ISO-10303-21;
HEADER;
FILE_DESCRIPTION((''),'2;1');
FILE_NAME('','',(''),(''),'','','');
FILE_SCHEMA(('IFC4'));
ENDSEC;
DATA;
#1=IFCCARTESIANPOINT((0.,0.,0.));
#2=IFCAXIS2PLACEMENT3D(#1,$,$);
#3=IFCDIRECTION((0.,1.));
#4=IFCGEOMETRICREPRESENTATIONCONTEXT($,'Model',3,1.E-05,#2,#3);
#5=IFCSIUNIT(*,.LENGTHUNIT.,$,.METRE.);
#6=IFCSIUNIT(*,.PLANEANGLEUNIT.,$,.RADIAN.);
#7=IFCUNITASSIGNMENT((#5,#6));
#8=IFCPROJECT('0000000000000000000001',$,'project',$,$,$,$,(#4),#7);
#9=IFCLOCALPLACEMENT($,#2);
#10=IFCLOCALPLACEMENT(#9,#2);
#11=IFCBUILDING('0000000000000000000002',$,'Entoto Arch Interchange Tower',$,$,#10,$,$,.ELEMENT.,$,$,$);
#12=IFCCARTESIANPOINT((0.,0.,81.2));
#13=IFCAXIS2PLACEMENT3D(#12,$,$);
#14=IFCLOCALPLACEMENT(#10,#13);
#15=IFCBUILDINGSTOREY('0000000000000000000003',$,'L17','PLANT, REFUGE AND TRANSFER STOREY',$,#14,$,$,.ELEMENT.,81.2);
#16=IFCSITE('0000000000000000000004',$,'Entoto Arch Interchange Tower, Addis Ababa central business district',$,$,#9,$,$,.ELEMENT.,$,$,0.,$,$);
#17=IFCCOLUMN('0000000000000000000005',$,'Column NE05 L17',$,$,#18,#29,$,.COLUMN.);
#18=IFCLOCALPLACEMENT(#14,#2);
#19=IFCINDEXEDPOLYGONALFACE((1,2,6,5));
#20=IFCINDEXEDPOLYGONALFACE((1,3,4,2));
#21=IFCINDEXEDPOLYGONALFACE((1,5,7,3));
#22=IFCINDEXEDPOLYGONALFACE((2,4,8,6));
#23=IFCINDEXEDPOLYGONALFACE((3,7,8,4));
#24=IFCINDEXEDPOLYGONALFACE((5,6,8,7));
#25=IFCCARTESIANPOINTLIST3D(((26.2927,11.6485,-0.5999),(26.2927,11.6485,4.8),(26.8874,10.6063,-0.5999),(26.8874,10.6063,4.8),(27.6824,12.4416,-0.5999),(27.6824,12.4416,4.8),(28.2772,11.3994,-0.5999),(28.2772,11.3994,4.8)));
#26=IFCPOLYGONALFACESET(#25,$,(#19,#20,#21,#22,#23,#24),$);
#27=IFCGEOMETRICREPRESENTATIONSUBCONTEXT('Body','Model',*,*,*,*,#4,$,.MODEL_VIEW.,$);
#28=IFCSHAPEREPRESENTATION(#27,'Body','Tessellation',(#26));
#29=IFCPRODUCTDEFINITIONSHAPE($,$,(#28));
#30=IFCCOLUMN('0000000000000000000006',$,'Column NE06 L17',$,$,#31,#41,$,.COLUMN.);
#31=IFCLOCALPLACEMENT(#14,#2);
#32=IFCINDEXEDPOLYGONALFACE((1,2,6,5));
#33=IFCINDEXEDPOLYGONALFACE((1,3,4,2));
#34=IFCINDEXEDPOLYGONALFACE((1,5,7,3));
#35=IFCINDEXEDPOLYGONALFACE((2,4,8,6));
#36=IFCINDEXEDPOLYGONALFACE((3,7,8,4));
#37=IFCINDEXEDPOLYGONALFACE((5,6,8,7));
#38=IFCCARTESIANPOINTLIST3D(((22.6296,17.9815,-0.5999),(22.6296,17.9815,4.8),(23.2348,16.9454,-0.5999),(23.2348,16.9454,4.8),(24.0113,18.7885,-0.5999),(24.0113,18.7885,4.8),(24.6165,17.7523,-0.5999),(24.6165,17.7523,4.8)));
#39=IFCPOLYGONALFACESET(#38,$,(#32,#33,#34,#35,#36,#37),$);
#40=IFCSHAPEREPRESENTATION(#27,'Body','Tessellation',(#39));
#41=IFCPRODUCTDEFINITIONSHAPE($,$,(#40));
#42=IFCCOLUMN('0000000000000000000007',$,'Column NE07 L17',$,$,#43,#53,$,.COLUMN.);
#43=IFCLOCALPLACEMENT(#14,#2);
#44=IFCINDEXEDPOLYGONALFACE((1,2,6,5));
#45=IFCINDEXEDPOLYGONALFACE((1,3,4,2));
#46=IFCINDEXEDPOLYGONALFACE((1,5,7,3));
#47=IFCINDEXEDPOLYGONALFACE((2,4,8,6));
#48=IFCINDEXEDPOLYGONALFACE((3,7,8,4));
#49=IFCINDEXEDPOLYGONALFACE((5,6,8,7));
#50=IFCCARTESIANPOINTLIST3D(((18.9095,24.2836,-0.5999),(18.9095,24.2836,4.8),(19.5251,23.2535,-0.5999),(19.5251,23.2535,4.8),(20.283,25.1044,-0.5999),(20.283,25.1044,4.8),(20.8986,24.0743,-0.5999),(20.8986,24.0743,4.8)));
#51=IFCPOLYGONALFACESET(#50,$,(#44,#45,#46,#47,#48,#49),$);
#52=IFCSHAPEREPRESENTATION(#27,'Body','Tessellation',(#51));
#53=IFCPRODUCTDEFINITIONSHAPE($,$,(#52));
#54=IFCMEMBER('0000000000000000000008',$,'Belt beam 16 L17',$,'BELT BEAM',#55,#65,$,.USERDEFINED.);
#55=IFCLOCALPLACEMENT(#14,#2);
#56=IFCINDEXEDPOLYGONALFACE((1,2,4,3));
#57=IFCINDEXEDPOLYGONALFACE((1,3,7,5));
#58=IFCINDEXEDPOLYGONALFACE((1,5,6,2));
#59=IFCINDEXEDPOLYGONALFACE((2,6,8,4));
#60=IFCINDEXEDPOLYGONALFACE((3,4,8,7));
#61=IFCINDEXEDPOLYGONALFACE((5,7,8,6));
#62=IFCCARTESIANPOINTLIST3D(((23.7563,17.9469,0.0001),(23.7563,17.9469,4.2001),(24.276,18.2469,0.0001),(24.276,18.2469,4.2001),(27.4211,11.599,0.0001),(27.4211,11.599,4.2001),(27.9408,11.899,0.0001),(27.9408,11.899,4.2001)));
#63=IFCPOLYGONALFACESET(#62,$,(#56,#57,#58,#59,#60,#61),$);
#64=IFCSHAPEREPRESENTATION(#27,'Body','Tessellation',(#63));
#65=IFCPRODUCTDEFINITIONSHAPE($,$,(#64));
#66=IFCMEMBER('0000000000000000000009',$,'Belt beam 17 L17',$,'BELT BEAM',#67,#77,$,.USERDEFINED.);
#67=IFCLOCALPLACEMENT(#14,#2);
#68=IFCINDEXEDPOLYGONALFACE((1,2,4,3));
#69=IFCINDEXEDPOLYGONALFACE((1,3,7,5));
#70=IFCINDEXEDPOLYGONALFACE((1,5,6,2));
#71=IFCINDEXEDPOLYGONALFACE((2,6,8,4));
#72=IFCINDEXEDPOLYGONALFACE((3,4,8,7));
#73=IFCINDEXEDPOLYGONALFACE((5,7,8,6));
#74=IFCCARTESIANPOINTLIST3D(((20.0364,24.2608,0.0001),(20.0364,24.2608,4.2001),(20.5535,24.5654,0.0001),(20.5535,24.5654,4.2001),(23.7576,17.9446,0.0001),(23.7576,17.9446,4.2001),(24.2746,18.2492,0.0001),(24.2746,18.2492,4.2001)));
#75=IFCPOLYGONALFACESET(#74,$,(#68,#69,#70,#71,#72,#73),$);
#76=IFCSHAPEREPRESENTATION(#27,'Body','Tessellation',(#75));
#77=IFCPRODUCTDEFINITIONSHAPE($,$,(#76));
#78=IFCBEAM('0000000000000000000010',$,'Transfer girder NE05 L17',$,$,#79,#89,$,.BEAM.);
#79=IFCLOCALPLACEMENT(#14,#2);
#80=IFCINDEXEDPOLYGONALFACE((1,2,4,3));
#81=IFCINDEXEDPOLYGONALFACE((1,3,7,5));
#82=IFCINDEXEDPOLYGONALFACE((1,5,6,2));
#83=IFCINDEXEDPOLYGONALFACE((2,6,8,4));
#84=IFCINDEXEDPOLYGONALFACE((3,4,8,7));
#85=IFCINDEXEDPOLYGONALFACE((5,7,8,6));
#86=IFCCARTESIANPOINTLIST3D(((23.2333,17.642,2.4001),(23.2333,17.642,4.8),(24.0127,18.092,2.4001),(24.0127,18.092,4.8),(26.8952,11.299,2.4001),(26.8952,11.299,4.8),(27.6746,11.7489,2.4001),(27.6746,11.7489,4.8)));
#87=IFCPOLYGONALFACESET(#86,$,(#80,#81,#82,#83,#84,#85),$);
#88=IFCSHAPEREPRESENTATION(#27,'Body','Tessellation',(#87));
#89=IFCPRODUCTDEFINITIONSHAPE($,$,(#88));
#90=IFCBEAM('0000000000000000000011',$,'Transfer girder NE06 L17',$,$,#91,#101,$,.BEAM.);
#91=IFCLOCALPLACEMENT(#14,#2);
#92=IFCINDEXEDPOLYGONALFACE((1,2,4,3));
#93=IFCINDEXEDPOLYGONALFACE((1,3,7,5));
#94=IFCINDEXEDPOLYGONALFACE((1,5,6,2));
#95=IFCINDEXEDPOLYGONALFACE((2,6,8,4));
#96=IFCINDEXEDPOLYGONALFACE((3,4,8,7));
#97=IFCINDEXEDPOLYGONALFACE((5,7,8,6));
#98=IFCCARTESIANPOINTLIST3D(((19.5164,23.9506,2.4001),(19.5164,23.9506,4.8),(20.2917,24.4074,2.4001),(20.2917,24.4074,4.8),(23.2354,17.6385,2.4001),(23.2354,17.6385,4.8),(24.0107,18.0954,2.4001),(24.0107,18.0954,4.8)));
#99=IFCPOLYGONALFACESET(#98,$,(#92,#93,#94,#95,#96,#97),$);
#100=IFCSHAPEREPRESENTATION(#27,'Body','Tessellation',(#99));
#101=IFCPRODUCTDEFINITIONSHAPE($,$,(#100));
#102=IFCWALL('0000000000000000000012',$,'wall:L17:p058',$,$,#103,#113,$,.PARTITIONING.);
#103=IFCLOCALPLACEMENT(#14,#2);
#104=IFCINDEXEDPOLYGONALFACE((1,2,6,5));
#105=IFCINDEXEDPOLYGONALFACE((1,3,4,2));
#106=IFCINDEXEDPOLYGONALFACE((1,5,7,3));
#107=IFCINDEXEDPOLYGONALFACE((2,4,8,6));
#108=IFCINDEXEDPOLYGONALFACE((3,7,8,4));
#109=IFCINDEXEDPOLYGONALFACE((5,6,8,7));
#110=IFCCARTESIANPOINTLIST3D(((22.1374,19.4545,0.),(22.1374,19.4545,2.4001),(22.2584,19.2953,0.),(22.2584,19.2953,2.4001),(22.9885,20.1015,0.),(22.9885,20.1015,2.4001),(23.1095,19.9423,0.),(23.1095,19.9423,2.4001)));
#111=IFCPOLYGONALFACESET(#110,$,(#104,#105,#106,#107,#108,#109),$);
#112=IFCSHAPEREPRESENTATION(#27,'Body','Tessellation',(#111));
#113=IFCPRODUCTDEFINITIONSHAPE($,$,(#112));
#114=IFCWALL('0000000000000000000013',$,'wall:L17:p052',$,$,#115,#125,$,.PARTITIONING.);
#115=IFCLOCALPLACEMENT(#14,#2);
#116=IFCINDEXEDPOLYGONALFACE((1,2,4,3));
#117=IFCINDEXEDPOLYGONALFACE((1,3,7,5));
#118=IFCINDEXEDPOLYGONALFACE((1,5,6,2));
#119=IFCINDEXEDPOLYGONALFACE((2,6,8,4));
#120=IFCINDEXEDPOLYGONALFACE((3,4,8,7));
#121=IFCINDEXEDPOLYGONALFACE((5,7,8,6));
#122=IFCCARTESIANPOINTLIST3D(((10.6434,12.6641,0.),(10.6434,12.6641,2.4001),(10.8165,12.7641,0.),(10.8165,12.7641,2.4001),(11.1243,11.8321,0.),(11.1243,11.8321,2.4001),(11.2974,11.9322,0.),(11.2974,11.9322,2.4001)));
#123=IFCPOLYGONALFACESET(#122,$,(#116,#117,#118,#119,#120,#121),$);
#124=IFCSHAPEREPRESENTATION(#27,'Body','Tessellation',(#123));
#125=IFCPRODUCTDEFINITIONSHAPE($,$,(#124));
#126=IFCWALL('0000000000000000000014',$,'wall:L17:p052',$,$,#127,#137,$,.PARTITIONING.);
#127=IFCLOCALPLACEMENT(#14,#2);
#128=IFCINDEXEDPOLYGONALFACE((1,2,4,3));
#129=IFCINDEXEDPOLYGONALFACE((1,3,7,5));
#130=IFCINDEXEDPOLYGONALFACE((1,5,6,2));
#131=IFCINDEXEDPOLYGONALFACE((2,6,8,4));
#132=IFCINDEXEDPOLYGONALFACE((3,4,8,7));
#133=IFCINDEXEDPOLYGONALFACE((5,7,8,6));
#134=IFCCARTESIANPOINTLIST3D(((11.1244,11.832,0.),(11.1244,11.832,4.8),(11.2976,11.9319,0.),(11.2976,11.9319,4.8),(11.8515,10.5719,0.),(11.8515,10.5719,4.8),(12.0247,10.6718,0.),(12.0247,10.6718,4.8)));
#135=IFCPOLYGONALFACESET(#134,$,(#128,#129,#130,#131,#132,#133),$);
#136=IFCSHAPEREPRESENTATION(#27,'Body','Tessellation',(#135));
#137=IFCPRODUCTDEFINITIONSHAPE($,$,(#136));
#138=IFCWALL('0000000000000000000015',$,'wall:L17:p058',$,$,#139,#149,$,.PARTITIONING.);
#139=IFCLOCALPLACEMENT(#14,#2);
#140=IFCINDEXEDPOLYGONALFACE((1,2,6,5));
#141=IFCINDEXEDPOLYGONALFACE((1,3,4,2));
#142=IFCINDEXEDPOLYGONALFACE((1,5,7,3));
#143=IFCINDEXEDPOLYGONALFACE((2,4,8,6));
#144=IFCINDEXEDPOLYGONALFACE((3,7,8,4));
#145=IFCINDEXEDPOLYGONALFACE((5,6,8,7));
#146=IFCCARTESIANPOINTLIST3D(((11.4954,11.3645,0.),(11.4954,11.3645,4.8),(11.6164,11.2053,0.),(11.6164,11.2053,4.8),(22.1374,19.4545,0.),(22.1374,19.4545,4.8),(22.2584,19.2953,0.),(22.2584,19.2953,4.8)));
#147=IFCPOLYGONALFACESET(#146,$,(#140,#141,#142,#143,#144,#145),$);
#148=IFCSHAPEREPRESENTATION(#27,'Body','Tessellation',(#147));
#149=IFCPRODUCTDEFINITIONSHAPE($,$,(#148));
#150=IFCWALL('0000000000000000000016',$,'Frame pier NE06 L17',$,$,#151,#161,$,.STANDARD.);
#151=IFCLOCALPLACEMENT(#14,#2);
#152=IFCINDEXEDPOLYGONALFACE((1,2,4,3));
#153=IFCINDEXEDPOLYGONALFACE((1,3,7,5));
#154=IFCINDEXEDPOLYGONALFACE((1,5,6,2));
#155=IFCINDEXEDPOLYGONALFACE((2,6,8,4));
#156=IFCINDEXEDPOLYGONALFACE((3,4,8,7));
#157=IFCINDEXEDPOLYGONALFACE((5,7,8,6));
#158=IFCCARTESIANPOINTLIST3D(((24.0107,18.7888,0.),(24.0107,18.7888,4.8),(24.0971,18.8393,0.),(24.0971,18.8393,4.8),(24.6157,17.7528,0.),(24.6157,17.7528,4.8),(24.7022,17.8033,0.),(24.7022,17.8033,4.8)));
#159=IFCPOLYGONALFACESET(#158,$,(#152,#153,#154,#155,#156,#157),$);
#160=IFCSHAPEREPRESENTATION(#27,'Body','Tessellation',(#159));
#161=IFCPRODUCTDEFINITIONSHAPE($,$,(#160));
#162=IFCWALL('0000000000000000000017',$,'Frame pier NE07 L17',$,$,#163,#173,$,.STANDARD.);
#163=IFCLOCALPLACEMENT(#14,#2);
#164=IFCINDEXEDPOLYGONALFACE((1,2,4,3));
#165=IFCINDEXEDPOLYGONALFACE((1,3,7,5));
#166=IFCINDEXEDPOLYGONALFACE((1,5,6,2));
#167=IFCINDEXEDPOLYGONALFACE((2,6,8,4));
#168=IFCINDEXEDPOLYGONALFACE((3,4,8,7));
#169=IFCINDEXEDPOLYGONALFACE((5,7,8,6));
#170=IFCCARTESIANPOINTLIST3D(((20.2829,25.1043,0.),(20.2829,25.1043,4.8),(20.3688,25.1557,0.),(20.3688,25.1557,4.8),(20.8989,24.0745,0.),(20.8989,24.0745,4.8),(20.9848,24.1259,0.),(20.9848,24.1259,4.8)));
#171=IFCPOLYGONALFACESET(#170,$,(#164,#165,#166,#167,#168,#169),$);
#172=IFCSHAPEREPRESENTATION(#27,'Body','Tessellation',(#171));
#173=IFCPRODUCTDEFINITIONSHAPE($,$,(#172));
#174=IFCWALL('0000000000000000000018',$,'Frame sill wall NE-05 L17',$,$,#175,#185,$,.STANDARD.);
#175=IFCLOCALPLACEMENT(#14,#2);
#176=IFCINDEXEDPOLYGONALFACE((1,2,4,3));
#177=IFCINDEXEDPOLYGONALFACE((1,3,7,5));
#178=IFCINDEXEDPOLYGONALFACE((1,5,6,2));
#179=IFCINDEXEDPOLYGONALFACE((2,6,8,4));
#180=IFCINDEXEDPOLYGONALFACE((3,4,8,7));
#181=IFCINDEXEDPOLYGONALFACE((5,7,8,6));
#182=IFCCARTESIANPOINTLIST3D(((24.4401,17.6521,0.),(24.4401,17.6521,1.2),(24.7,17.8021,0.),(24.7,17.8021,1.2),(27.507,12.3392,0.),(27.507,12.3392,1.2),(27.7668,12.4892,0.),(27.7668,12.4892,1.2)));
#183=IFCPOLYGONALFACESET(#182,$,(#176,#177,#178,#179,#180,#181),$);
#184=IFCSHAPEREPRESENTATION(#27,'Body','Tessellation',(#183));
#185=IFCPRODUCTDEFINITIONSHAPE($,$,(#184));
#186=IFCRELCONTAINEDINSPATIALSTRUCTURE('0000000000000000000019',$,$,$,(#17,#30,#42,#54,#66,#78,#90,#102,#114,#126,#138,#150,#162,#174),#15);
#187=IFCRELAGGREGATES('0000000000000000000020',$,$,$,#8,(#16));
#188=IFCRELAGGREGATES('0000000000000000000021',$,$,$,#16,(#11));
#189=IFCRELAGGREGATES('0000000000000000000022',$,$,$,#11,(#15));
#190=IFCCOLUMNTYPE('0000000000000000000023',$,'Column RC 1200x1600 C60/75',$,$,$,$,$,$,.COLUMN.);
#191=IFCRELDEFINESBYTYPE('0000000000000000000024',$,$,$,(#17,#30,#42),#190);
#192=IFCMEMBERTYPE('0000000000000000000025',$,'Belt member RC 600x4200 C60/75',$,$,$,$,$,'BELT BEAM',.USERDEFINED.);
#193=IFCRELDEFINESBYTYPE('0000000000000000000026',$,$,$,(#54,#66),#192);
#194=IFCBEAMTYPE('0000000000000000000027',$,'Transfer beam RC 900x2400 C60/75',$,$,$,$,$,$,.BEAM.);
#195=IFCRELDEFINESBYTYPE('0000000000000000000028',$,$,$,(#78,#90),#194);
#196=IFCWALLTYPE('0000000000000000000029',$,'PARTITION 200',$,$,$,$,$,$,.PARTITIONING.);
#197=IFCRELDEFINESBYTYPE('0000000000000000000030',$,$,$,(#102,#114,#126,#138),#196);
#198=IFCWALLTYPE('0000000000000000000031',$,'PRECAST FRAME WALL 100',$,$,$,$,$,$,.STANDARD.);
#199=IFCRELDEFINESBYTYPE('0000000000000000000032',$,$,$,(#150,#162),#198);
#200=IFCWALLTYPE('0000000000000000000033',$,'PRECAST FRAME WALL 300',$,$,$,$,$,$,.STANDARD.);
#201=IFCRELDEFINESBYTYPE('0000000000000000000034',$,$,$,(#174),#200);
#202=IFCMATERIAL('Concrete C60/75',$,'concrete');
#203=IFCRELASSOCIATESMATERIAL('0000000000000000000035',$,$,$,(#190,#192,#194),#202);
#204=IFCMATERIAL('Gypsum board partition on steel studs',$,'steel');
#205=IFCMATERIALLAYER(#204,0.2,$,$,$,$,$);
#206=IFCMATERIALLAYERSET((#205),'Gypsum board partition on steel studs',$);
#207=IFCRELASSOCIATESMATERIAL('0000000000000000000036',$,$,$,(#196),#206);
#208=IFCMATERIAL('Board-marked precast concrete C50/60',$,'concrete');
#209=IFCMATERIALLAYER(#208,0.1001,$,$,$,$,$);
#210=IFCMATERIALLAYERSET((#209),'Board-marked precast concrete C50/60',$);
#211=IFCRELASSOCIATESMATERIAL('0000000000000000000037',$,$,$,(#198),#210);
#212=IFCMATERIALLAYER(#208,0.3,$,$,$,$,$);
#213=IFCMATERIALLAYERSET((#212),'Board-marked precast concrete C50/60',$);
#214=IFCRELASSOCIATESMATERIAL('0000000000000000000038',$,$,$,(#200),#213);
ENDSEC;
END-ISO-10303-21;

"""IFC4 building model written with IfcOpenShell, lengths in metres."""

from ifc_helpers import new_model, si_unit, direction, frame, frame_2d, origin, origin_2d, place, context, subcontext, project, spatial, rectangle, extrude, material, layer, layer_set, material_profile, profile_set, type_object, element, save


model = new_model("IFC4")

# Units and contexts
model_context = context("Model", 3, precision=1e-05, world=origin(), true_north=direction((0.0, 1.0)))
body_context = subcontext(model_context, "Body", "Model", "MODEL_VIEW")
ifc_project = project(units=[si_unit("LENGTHUNIT", "METRE"), si_unit("PLANEANGLEUNIT", "RADIAN")], contexts=[model_context])

# Site, building, storey
site_placement = place(None, origin())
site = spatial("IfcSite", under=ifc_project, at=site_placement, Name="Entoto Arch Interchange Tower, Addis Ababa central business district", CompositionType="ELEMENT", RefElevation=0.0)
building_placement = place(site_placement, origin())
building = spatial("IfcBuilding", under=site, at=building_placement, Name="Entoto Arch Interchange Tower", CompositionType="ELEMENT")
storey_placement = place(building_placement, frame((0.0, 0.0, 81.2)))
storey = spatial("IfcBuildingStorey", under=building, at=storey_placement, Name="L17", Description="PLANT, REFUGE AND TRANSFER STOREY", CompositionType="ELEMENT", Elevation=81.2)

# Columns
ifc_material_1 = material(Name="Concrete C60/75", Category="concrete")
ifc_material_profile_1 = material_profile(ifc_material_1, rectangle(XDim=1.2, YDim=1.6001, at=origin_2d()))
ifc_profile_set_1 = profile_set([ifc_material_profile_1], Name="Concrete C60/75")
column_type = type_object("IfcColumnType", Name="Column RC 1200x1600 C60/75", PredefinedType="COLUMN", material=ifc_profile_set_1)
for number, where, z_axis, x_axis, name in (
    (1, (27.2849, 11.5239, -0.5999), (0.0, 0.0, 1.0), (-0.495656, 0.868519, 0.0), "Column NE05 L17"),
    (2, (23.623, 17.8669, -0.5999), (0.0, 0.0, 1.0), (-0.504332, 0.86351, 0.0), "Column NE06 L17"),
    (3, (19.9041, 24.179, -0.5999), (0.0, 0.0, 1.0), (-0.512972, 0.858405, 0.0), "Column NE07 L17"),
):
    element("IfcColumn", number, at=place(storey_placement, frame(where, z_axis=z_axis, x_axis=x_axis)), inside=storey, type_object=column_type, Name=name, PredefinedType="COLUMN", context=body_context, shape_type="SweptSolid", body=[
        extrude(rectangle(XDim=1.2, YDim=1.6001, at=origin_2d()), origin(), (0.0, 0.0, 1.0), 5.3999),
    ])

# Members
ifc_material_profile_2 = material_profile(ifc_material_1, rectangle(XDim=0.6001, YDim=4.2, at=origin_2d()))
ifc_profile_set_2 = profile_set([ifc_material_profile_2], Name="Concrete C60/75")
member_type = type_object("IfcMemberType", Name="Belt member RC 600x4200 C60/75", ElementType="BELT BEAM", PredefinedType="USERDEFINED", material=ifc_profile_set_2)
member_1_placement = place(storey_placement, frame((27.6809, 11.749, 2.1001), z_axis=(-0.499983, 0.866035, 0.0), x_axis=(-0.866035, -0.499983, 0.0)))
element("IfcMember", 4, at=member_1_placement, inside=storey, type_object=member_type, Name="Belt beam 16 L17", ObjectType="BELT BEAM", PredefinedType="USERDEFINED", context=body_context, shape_type="SweptSolid", body=[
    extrude(rectangle(XDim=0.6001, YDim=4.2, at=origin_2d()), origin(), (0.0, 0.0, 1.0), 7.3298),
])
member_2_placement = place(storey_placement, frame((24.0161, 18.0969, 2.1001), z_axis=(-0.507608, 0.861588, 0.0), x_axis=(-0.861588, -0.507608, 0.0)))
element("IfcMember", 5, at=member_2_placement, inside=storey, type_object=member_type, Name="Belt beam 17 L17", ObjectType="BELT BEAM", PredefinedType="USERDEFINED", context=body_context, shape_type="SweptSolid", body=[
    extrude(rectangle(XDim=0.6001, YDim=4.2, at=origin_2d()), origin(), (0.0, 0.0, 1.0), 7.3308),
])

# Beams
ifc_material_profile_3 = material_profile(ifc_material_1, rectangle(XDim=0.8999, YDim=2.3999, at=origin_2d()))
ifc_profile_set_3 = profile_set([ifc_material_profile_3], Name="Concrete C60/75")
beam_type = type_object("IfcBeamType", Name="Transfer beam RC 900x2400 C60/75", PredefinedType="BEAM", material=ifc_profile_set_3)
beam_1_placement = place(storey_placement, frame((27.2849, 11.5239, 3.6001), z_axis=(-0.499972, 0.866042, 0.0), x_axis=(-0.866042, -0.499972, 0.0)))
element("IfcBeam", 6, at=beam_1_placement, inside=storey, type_object=beam_type, Name="Transfer girder NE05 L17", PredefinedType="BEAM", context=body_context, shape_type="SweptSolid", body=[
    extrude(rectangle(XDim=0.8999, YDim=2.3999, at=origin_2d()), origin(), (0.0, 0.0, 1.0), 7.3242),
])
beam_2_placement = place(storey_placement, frame((23.623, 17.8669, 3.6001), z_axis=(-0.507633, 0.861573, 0.0), x_axis=(-0.861573, -0.507633, 0.0)))
element("IfcBeam", 7, at=beam_2_placement, inside=storey, type_object=beam_type, Name="Transfer girder NE06 L17", PredefinedType="BEAM", context=body_context, shape_type="SweptSolid", body=[
    extrude(rectangle(XDim=0.8999, YDim=2.3999, at=origin_2d()), origin(), (0.0, 0.0, 1.0), 7.3262),
])

# Walls
ifc_material_2 = material(Name="Gypsum board partition on steel studs", Category="steel")
ifc_layer_1 = layer(ifc_material_2, 0.2)
ifc_layer_set_1 = layer_set([ifc_layer_1], Name="Gypsum board partition on steel studs")
wall_type_1 = type_object("IfcWallType", Name="PARTITION 200", PredefinedType="PARTITIONING", material=ifc_layer_set_1)
wall_1_placement = place(storey_placement, frame((23.0491, 20.022, 0.0), z_axis=(0.0, 0.0, 1.0), x_axis=(-0.796092, -0.605176, 0.0)))
element("IfcWall", 8, at=wall_1_placement, inside=storey, type_object=wall_type_1, Name="wall:L17:p058", PredefinedType="PARTITIONING", context=body_context, shape_type="SweptSolid", body=[
    extrude(rectangle(XDim=1.0691, YDim=0.2, at=frame_2d((0.5347, 0.0))), origin(), (0.0, 0.0, 1.0), 2.4001),
])
wall_2_placement = place(storey_placement, frame((10.73, 12.7141, 0.0), z_axis=(0.0, 0.0, 1.0), x_axis=(0.500455, -0.865762, 0.0)))
element("IfcWall", 9, at=wall_2_placement, inside=storey, type_object=wall_type_1, Name="wall:L17:p052", PredefinedType="PARTITIONING", context=body_context, shape_type="SweptSolid", body=[
    extrude(rectangle(XDim=0.9609, YDim=0.2, at=frame_2d((0.4805, 0.0))), origin(), (0.0, 0.0, 1.0), 2.4001),
])
wall_3_placement = place(storey_placement, frame((11.2109, 11.8821, 0.0), z_axis=(0.0, 0.0, 1.0), x_axis=(0.499785, -0.866149, 0.0)))
element("IfcWall", 10, at=wall_3_placement, inside=storey, type_object=wall_type_1, Name="wall:L17:p052", PredefinedType="PARTITIONING", context=body_context, shape_type="SweptSolid", body=[
    extrude(rectangle(XDim=1.4548, YDim=0.2, at=frame_2d((0.7275, 0.0))), origin(), (0.0, 0.0, 1.0), 4.8),
])
wall_4_placement = place(storey_placement, frame((22.198, 19.375, 0.0), z_axis=(0.0, 0.0, 1.0), x_axis=(-0.796087, -0.605183, 0.0)))
element("IfcWall", 11, at=wall_4_placement, inside=storey, type_object=wall_type_1, Name="wall:L17:p058", PredefinedType="PARTITIONING", context=body_context, shape_type="SweptSolid", body=[
    extrude(rectangle(XDim=13.3679, YDim=0.2, at=frame_2d((6.6841, 0.0))), origin(), (0.0, 0.0, 1.0), 4.8),
])
ifc_material_3 = material(Name="Board-marked precast concrete C50/60", Category="concrete")
ifc_layer_2 = layer(ifc_material_3, 0.1001)
ifc_layer_set_2 = layer_set([ifc_layer_2], Name="Board-marked precast concrete C50/60")
wall_type_2 = type_object("IfcWallType", Name="PRECAST FRAME WALL 100", PredefinedType="STANDARD", material=ifc_layer_set_2)
wall_5_placement = place(storey_placement, frame((24.6589, 17.7781, 0.0), z_axis=(0.0, 0.0, 1.0), x_axis=(-0.504314, 0.86352, 0.0)))
element("IfcWall", 12, at=wall_5_placement, inside=storey, type_object=wall_type_2, Name="Frame pier NE06 L17", PredefinedType="STANDARD", context=body_context, shape_type="SweptSolid", body=[
    extrude(rectangle(XDim=1.1997, YDim=0.1001, at=frame_2d((0.5999, 0.0))), origin(), (0.0, 0.0, 1.0), 4.8),
])
wall_6_placement = place(storey_placement, frame((20.9419, 24.1001, 0.0), z_axis=(0.0, 0.0, 1.0), x_axis=(-0.513328, 0.858192, 0.0)))
element("IfcWall", 13, at=wall_6_placement, inside=storey, type_object=wall_type_2, Name="Frame pier NE07 L17", PredefinedType="STANDARD", context=body_context, shape_type="SweptSolid", body=[
    extrude(rectangle(XDim=1.2, YDim=0.1001, at=frame_2d((0.6001, 0.0))), origin(), (0.0, 0.0, 1.0), 4.8),
])
ifc_layer_3 = layer(ifc_material_3, 0.3)
ifc_layer_set_3 = layer_set([ifc_layer_3], Name="Board-marked precast concrete C50/60")
wall_type_3 = type_object("IfcWallType", Name="PRECAST FRAME WALL 300", PredefinedType="STANDARD", material=ifc_layer_set_3)
wall_7_placement = place(storey_placement, frame((27.637, 12.4141, 0.0), z_axis=(0.0, 0.0, 1.0), x_axis=(-0.499931, 0.866065, 0.0)))
element("IfcWall", 14, at=wall_7_placement, inside=storey, type_object=wall_type_3, Name="Frame sill wall NE-05 L17", PredefinedType="STANDARD", context=body_context, shape_type="SweptSolid", body=[
    extrude(rectangle(XDim=6.1345, YDim=0.3, at=frame_2d((3.0674, 0.0))), origin(), (0.0, 0.0, 1.0), 1.2),
])

save(model, "model.ifc")
